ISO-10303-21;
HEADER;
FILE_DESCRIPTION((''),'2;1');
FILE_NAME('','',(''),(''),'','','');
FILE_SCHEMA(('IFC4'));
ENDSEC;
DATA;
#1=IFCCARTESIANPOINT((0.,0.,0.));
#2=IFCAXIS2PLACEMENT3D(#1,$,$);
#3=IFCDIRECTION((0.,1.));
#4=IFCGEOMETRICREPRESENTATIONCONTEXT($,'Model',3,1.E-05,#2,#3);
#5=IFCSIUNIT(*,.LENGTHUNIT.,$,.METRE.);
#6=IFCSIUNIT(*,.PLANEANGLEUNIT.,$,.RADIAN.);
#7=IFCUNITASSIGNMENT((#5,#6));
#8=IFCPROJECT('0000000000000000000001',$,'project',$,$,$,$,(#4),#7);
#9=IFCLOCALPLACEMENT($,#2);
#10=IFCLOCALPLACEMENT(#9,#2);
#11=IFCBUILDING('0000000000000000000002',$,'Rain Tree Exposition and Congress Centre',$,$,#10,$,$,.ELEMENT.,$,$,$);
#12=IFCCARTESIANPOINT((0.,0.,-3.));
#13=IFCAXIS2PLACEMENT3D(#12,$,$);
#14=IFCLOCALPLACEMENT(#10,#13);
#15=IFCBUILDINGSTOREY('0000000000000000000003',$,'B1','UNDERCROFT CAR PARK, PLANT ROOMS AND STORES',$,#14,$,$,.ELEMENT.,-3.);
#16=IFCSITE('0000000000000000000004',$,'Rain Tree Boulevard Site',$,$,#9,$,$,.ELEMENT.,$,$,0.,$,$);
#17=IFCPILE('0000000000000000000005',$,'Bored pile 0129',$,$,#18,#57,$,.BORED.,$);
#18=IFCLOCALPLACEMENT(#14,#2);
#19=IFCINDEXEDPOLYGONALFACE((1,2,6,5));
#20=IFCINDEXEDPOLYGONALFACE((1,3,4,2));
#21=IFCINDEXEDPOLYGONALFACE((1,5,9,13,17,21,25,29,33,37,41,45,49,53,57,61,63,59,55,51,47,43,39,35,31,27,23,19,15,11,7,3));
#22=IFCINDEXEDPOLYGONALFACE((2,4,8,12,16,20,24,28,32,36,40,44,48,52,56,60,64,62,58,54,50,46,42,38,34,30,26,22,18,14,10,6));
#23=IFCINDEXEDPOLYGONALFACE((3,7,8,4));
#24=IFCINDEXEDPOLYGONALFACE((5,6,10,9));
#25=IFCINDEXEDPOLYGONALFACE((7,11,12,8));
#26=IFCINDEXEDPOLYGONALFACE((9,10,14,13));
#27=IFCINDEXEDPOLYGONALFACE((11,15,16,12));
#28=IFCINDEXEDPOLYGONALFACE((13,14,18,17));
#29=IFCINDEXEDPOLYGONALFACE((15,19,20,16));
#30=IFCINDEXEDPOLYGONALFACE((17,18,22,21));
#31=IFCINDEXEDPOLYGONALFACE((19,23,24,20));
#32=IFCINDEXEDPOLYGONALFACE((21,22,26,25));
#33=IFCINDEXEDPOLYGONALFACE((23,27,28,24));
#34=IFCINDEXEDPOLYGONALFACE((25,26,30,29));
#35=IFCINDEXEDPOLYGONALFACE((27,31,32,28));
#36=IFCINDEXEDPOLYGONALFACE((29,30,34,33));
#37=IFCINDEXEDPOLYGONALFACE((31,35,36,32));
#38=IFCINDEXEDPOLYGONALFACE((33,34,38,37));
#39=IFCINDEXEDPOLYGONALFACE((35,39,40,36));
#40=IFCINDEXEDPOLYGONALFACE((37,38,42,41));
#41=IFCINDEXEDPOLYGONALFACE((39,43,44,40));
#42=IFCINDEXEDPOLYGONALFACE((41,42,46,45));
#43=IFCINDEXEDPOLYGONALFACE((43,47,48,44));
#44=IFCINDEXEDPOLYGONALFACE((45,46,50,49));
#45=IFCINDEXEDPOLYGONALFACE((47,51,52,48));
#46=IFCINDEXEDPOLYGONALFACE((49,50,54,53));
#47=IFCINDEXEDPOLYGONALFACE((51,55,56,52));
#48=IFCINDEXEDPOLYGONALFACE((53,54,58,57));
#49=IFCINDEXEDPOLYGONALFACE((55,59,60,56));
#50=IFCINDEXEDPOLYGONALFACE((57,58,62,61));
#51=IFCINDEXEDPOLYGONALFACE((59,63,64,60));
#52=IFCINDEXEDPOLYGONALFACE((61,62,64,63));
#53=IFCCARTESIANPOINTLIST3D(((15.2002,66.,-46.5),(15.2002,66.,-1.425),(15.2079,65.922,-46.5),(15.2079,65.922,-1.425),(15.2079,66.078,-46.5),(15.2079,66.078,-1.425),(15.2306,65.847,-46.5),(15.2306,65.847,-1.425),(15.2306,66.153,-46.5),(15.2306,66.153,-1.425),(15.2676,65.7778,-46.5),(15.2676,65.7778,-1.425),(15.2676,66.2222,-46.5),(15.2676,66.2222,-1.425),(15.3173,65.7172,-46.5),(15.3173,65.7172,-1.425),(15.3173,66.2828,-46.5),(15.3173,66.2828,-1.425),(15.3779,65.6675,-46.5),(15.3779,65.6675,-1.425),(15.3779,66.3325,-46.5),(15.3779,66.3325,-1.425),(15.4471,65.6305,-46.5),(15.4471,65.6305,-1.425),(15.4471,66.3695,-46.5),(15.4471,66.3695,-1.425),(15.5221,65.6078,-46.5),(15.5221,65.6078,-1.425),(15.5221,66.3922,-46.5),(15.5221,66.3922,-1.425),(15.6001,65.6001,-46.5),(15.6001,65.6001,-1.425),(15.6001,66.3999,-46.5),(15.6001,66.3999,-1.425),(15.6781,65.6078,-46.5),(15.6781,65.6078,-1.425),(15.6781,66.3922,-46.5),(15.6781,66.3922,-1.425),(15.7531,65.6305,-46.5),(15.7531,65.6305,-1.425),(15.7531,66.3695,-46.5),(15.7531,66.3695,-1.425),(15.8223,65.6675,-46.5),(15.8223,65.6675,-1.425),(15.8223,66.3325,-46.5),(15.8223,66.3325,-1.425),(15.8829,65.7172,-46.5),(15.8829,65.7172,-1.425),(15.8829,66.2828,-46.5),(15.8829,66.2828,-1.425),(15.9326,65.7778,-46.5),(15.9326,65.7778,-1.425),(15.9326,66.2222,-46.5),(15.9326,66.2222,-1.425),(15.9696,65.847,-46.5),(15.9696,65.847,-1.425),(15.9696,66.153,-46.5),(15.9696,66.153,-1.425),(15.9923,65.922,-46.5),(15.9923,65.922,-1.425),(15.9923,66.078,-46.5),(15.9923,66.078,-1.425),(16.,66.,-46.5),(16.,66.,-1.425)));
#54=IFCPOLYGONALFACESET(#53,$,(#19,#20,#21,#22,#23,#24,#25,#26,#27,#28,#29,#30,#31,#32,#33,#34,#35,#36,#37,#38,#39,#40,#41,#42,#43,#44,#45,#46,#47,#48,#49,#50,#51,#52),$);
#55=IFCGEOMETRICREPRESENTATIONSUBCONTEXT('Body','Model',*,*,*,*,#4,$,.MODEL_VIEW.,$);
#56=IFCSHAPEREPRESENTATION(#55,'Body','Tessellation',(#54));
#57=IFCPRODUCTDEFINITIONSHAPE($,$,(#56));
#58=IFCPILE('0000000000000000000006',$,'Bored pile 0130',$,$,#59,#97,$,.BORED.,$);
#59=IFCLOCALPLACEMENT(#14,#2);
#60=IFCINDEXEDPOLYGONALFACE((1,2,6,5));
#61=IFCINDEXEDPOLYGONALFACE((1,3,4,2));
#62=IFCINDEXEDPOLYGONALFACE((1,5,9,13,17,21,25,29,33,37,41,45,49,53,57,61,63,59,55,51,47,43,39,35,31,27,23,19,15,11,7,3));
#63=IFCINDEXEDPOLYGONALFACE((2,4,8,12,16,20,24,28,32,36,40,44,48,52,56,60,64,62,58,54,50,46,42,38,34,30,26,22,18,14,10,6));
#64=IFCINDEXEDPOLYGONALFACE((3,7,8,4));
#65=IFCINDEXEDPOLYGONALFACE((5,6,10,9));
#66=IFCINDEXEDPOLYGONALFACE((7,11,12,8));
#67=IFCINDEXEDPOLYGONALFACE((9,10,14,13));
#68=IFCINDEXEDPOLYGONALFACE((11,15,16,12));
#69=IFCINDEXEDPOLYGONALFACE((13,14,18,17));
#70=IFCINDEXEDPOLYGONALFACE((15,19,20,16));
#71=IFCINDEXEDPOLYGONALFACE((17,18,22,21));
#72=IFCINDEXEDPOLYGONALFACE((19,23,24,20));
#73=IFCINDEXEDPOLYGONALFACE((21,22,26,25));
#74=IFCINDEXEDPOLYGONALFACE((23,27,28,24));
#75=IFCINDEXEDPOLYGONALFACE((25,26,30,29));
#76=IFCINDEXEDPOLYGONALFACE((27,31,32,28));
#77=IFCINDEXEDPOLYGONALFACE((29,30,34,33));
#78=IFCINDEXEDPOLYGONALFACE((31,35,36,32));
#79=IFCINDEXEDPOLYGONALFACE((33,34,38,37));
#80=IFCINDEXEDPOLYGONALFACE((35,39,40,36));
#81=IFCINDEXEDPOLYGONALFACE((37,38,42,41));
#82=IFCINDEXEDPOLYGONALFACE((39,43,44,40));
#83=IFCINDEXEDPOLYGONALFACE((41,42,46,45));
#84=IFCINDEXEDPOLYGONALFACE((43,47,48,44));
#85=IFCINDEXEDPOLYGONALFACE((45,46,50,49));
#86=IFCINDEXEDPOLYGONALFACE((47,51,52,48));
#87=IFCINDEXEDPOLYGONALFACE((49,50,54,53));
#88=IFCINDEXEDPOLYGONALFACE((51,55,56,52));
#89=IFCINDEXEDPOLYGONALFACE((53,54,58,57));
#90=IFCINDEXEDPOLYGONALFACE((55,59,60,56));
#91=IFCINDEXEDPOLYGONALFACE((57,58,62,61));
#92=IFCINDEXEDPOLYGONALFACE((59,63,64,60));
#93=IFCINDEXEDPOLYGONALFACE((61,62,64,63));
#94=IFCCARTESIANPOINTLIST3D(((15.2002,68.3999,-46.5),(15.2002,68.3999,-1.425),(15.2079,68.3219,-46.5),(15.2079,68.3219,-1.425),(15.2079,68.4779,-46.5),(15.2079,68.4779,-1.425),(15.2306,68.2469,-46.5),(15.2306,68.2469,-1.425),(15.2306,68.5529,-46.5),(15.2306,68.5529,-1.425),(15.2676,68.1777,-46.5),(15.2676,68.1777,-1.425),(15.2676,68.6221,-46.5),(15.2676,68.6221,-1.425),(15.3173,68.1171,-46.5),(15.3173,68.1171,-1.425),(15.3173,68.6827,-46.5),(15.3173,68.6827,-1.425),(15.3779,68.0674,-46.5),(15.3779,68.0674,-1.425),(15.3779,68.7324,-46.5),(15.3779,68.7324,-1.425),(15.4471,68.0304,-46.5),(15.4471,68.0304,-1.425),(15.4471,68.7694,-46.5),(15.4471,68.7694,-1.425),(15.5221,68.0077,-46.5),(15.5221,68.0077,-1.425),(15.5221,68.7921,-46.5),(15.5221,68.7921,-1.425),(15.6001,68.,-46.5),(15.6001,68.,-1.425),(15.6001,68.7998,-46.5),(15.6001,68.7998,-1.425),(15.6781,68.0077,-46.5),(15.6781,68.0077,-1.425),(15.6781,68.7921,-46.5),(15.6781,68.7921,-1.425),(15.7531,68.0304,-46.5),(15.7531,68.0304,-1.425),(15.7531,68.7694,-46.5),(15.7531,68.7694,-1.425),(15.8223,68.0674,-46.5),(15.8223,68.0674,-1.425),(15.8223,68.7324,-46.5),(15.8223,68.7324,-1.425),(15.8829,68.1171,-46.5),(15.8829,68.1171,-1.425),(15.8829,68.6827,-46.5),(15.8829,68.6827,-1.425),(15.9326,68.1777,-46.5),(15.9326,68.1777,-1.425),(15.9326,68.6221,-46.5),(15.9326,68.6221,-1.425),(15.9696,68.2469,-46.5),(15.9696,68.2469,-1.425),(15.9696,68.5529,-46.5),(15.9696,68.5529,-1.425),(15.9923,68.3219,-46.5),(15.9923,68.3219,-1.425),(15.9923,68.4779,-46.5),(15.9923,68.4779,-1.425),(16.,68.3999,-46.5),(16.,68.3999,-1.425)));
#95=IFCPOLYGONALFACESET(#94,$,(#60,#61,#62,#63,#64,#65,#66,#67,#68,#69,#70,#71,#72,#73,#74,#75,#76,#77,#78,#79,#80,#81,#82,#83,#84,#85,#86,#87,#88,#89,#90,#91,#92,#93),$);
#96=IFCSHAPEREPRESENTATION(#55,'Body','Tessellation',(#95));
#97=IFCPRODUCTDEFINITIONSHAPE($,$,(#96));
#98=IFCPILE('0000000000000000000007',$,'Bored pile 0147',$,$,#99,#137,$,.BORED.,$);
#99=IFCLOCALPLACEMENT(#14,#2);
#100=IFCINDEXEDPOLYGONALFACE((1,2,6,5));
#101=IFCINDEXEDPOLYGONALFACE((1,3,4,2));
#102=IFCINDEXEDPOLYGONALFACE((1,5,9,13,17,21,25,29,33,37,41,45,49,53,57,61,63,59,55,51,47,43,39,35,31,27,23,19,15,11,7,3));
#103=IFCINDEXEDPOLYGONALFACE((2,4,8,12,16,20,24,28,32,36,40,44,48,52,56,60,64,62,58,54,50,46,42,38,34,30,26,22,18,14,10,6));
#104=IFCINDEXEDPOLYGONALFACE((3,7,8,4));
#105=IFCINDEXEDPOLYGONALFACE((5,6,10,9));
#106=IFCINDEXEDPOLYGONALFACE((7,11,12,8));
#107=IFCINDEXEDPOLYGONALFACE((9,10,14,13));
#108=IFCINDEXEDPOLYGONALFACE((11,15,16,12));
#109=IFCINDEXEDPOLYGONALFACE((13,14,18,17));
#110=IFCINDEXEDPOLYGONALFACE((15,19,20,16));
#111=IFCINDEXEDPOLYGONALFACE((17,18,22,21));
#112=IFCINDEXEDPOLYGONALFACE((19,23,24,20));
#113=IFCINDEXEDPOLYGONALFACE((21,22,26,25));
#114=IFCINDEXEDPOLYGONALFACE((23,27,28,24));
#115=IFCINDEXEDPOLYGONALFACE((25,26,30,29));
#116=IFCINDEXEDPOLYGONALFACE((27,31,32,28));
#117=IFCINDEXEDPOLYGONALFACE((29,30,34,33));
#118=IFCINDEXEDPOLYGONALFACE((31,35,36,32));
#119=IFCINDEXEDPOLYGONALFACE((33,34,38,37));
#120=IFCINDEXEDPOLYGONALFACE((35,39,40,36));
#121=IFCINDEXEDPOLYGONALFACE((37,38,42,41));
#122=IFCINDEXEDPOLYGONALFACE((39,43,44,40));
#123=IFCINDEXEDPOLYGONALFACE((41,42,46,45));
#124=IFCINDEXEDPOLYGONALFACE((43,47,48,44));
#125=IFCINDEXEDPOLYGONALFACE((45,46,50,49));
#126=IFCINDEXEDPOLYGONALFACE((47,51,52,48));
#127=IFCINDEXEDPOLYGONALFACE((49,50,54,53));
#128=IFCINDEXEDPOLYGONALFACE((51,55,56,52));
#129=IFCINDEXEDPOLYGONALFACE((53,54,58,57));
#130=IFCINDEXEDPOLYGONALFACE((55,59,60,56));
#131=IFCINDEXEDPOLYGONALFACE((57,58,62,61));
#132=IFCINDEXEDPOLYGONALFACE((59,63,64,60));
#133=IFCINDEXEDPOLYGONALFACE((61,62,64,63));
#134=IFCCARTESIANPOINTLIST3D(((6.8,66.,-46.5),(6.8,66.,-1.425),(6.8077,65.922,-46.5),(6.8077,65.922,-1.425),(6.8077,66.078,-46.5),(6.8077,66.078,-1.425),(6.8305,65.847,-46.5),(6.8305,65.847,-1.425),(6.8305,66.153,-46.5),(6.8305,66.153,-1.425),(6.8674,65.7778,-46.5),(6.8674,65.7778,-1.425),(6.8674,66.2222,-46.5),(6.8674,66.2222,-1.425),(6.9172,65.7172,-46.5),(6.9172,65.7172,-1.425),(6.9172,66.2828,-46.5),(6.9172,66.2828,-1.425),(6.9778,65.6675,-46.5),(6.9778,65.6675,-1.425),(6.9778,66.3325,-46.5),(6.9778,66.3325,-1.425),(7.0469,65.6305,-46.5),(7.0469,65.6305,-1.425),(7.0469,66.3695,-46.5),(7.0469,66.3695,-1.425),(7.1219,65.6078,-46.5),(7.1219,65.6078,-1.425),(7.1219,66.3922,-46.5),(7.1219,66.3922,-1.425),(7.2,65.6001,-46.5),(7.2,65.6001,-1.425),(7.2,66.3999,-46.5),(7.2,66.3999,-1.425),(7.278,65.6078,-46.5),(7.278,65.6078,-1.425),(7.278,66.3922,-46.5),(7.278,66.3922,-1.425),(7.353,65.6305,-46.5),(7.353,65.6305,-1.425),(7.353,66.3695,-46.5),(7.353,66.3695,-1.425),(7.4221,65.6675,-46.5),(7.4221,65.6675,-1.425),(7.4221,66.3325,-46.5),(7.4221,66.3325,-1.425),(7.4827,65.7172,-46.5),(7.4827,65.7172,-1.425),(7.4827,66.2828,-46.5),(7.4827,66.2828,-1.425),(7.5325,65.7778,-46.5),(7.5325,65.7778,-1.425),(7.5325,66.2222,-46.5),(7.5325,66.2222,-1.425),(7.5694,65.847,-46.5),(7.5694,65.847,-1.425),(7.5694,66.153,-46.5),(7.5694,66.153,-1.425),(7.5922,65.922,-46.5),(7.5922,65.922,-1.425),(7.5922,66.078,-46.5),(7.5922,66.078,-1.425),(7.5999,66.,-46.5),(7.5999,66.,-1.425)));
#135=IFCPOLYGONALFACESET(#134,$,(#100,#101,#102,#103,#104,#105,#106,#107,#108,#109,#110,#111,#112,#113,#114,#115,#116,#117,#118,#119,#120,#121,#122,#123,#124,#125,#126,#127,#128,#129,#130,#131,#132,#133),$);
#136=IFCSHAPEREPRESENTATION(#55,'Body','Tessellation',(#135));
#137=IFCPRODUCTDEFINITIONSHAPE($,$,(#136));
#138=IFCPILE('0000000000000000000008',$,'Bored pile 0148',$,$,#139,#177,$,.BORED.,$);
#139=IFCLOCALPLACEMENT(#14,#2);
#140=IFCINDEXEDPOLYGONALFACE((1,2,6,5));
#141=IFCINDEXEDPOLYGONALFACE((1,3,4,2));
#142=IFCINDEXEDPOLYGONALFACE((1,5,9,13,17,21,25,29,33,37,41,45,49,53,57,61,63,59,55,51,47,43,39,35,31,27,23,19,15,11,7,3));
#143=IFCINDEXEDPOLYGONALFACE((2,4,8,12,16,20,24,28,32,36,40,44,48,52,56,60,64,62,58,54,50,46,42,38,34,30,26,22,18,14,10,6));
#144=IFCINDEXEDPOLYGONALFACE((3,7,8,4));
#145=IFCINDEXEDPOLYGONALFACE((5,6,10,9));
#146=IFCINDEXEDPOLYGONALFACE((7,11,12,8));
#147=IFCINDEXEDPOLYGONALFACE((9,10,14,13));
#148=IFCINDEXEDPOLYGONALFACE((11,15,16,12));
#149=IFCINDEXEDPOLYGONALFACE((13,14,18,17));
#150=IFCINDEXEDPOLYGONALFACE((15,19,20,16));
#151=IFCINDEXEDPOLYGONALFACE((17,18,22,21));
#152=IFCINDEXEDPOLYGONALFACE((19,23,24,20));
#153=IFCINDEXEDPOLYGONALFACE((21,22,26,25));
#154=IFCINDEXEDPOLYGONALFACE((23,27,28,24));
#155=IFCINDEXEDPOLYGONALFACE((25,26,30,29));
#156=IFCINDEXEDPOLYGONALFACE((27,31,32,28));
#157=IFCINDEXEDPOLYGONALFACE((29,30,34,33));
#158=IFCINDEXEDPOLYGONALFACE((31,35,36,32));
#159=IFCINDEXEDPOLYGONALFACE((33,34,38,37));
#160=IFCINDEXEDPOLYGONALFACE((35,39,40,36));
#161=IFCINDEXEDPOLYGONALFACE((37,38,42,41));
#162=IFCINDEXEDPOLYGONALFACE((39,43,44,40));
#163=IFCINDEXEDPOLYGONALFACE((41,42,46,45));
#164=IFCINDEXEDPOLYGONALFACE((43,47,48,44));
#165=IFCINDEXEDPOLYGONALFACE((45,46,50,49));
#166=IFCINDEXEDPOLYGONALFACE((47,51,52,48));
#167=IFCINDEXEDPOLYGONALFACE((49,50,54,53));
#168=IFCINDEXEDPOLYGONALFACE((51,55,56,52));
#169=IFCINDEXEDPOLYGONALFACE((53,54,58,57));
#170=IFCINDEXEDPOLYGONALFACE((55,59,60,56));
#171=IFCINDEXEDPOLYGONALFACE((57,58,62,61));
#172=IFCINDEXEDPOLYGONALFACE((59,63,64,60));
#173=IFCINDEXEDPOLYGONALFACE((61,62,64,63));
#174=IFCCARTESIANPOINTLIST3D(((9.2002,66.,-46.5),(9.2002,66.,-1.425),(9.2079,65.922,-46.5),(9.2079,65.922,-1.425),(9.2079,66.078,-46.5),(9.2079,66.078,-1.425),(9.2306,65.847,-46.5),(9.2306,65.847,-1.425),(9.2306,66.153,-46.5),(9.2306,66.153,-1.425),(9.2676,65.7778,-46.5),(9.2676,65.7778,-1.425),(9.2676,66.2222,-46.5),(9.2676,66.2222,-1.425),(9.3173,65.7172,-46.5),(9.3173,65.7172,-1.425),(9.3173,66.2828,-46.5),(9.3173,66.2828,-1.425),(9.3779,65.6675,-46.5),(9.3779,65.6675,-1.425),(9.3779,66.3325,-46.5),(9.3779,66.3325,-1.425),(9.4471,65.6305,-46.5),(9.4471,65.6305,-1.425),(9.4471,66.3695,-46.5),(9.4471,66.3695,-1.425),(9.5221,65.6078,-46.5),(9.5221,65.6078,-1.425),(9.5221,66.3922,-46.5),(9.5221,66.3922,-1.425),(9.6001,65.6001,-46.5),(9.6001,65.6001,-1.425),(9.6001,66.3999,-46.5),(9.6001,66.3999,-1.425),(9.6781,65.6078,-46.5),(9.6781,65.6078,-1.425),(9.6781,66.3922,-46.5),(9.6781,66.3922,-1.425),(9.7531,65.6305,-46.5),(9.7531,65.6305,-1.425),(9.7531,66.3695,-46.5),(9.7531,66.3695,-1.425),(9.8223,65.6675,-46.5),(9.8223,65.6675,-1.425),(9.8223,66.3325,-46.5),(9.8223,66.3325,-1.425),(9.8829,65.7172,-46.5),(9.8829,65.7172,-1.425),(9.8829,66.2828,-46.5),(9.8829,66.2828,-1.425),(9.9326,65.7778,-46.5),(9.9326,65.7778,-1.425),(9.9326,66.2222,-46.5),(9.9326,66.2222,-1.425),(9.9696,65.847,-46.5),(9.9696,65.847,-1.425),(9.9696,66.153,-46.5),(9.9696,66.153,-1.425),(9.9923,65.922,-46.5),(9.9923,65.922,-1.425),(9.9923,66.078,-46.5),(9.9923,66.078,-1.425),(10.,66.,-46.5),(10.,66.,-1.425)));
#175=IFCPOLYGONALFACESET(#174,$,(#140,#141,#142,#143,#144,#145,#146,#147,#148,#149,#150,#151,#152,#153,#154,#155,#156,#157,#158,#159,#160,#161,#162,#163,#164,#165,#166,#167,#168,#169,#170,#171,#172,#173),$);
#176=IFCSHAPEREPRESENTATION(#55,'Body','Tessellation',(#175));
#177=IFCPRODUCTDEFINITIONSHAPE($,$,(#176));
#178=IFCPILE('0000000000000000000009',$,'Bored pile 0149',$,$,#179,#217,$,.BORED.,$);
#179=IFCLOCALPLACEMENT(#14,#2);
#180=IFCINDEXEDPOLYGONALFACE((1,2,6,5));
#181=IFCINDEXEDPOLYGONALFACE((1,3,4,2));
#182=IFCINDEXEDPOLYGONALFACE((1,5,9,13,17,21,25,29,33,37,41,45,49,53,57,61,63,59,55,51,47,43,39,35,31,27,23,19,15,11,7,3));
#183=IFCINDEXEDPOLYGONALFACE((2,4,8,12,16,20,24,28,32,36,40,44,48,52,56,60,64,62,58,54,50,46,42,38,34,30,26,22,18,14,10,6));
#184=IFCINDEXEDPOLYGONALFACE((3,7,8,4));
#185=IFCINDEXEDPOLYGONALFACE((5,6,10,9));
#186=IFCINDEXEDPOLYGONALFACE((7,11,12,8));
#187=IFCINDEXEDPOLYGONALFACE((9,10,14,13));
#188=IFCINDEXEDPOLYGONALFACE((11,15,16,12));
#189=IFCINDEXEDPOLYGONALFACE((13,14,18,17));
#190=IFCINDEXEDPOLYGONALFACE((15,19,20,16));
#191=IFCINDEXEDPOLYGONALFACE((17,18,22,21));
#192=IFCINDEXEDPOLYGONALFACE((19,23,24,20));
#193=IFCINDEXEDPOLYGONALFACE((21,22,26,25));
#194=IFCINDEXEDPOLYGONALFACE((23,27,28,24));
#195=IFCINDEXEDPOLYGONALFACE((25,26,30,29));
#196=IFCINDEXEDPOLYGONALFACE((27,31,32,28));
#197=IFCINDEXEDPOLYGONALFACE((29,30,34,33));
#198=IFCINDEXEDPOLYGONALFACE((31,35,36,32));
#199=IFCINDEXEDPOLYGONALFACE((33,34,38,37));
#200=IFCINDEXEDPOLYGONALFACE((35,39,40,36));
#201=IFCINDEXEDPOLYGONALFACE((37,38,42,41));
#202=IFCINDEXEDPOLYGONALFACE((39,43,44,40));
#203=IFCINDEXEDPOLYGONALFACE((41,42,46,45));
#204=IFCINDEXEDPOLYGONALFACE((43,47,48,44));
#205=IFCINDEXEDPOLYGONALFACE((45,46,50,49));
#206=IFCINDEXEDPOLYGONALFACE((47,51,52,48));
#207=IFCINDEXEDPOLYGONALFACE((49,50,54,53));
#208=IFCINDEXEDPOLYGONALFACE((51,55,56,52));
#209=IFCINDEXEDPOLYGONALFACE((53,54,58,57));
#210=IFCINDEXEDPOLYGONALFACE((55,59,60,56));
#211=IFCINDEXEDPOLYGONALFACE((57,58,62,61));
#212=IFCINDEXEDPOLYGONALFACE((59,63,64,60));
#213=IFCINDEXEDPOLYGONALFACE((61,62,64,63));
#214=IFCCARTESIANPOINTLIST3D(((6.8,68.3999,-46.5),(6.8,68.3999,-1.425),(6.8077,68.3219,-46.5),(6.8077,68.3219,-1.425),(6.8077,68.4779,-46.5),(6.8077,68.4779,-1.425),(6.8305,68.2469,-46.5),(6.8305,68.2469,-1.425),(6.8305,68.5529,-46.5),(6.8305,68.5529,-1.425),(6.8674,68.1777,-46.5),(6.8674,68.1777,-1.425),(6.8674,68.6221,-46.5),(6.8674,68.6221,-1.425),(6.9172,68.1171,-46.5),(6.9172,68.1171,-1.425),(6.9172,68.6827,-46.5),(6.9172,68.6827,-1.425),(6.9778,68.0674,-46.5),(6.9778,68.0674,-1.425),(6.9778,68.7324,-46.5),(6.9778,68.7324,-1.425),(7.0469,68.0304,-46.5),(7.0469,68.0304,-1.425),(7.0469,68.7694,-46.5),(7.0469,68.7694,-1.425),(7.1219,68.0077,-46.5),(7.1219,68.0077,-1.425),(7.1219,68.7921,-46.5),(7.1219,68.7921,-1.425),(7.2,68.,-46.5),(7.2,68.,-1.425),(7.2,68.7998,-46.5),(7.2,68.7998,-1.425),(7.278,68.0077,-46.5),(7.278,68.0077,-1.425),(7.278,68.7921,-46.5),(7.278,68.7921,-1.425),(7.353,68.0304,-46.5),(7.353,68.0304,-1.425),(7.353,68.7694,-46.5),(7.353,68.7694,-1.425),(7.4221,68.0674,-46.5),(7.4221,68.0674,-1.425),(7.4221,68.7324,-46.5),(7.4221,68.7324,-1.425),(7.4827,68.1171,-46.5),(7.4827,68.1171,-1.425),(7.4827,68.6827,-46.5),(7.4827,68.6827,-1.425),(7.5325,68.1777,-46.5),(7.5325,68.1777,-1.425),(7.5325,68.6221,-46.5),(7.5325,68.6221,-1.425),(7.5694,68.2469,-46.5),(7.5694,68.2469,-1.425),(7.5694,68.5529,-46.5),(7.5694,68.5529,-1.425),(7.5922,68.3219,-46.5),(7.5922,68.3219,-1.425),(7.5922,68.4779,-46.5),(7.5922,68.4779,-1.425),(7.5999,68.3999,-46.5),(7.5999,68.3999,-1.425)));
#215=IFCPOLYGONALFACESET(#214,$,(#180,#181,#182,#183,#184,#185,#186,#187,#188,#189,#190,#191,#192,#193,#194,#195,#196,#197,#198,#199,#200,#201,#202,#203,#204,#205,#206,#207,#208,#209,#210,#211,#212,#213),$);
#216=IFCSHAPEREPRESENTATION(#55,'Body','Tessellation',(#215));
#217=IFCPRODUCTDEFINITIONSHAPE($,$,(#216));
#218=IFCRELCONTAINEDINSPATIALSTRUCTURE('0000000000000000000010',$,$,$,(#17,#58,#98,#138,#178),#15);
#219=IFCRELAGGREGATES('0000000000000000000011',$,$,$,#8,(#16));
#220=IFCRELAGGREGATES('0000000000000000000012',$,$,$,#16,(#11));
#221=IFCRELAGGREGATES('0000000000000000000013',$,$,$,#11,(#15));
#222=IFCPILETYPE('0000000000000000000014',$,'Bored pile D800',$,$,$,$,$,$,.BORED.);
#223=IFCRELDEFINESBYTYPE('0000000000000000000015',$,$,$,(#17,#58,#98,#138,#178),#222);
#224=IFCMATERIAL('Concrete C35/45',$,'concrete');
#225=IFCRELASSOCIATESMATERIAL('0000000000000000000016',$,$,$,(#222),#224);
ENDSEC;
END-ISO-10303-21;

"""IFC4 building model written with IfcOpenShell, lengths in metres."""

from ifc_helpers import new_model, si_unit, direction, frame, origin, origin_2d, place, context, subcontext, project, spatial, circle, extrude, material, material_profile, profile_set, type_object, element, save


model = new_model("IFC4")

# Units and contexts
model_context = context("Model", 3, precision=1e-05, world=origin(), true_north=direction((0.0, 1.0)))
body_context = subcontext(model_context, "Body", "Model", "MODEL_VIEW")
ifc_project = project(units=[si_unit("LENGTHUNIT", "METRE"), si_unit("PLANEANGLEUNIT", "RADIAN")], contexts=[model_context])

# Site, building, storey
site_placement = place(None, origin())
site = spatial("IfcSite", under=ifc_project, at=site_placement, Name="Rain Tree Boulevard Site", CompositionType="ELEMENT", RefElevation=0.0)
building_placement = place(site_placement, origin())
building = spatial("IfcBuilding", under=site, at=building_placement, Name="Rain Tree Exposition and Congress Centre", CompositionType="ELEMENT")
storey_placement = place(building_placement, frame((0.0, 0.0, -3.0)))
storey = spatial("IfcBuildingStorey", under=building, at=storey_placement, Name="B1", Description="UNDERCROFT CAR PARK, PLANT ROOMS AND STORES", CompositionType="ELEMENT", Elevation=-3.0)

# Piles
ifc_material_1 = material(Name="Concrete C35/45", Category="concrete")
ifc_material_profile_1 = material_profile(ifc_material_1, circle(Radius=0.3999, at=origin_2d()), Name="D800")
ifc_profile_set_1 = profile_set([ifc_material_profile_1], Name="Concrete C35/45")
pile_type = type_object("IfcPileType", Name="Bored pile D800", PredefinedType="BORED", material=ifc_profile_set_1)
for number, where, z_axis, x_axis, name in (
    (1, (15.6001, 66.0, -1.425), (0.0, 0.0, -1.0), (1.0, 0.0, 0.0), "Bored pile 0129"),
    (2, (15.6001, 68.3999, -1.425), (0.0, 0.0, -1.0), (1.0, 0.0, 0.0), "Bored pile 0130"),
    (3, (7.2, 66.0, -1.425), (0.0, 0.0, -1.0), (1.0, 0.0, 0.0), "Bored pile 0147"),
    (4, (9.6001, 66.0, -1.425), (0.0, 0.0, -1.0), (1.0, 0.0, 0.0), "Bored pile 0148"),
    (5, (7.2, 68.3999, -1.425), (0.0, 0.0, -1.0), (1.0, 0.0, 0.0), "Bored pile 0149"),
):
    element("IfcPile", number, at=place(storey_placement, frame(where, z_axis=z_axis, x_axis=x_axis)), inside=storey, type_object=pile_type, Name=name, PredefinedType="BORED", context=body_context, shape_type="SweptSolid", body=[
        extrude(circle(Radius=0.3999, at=origin_2d()), origin(), (0.0, 0.0, 1.0), 45.075),
    ])

save(model, "model.ifc")
